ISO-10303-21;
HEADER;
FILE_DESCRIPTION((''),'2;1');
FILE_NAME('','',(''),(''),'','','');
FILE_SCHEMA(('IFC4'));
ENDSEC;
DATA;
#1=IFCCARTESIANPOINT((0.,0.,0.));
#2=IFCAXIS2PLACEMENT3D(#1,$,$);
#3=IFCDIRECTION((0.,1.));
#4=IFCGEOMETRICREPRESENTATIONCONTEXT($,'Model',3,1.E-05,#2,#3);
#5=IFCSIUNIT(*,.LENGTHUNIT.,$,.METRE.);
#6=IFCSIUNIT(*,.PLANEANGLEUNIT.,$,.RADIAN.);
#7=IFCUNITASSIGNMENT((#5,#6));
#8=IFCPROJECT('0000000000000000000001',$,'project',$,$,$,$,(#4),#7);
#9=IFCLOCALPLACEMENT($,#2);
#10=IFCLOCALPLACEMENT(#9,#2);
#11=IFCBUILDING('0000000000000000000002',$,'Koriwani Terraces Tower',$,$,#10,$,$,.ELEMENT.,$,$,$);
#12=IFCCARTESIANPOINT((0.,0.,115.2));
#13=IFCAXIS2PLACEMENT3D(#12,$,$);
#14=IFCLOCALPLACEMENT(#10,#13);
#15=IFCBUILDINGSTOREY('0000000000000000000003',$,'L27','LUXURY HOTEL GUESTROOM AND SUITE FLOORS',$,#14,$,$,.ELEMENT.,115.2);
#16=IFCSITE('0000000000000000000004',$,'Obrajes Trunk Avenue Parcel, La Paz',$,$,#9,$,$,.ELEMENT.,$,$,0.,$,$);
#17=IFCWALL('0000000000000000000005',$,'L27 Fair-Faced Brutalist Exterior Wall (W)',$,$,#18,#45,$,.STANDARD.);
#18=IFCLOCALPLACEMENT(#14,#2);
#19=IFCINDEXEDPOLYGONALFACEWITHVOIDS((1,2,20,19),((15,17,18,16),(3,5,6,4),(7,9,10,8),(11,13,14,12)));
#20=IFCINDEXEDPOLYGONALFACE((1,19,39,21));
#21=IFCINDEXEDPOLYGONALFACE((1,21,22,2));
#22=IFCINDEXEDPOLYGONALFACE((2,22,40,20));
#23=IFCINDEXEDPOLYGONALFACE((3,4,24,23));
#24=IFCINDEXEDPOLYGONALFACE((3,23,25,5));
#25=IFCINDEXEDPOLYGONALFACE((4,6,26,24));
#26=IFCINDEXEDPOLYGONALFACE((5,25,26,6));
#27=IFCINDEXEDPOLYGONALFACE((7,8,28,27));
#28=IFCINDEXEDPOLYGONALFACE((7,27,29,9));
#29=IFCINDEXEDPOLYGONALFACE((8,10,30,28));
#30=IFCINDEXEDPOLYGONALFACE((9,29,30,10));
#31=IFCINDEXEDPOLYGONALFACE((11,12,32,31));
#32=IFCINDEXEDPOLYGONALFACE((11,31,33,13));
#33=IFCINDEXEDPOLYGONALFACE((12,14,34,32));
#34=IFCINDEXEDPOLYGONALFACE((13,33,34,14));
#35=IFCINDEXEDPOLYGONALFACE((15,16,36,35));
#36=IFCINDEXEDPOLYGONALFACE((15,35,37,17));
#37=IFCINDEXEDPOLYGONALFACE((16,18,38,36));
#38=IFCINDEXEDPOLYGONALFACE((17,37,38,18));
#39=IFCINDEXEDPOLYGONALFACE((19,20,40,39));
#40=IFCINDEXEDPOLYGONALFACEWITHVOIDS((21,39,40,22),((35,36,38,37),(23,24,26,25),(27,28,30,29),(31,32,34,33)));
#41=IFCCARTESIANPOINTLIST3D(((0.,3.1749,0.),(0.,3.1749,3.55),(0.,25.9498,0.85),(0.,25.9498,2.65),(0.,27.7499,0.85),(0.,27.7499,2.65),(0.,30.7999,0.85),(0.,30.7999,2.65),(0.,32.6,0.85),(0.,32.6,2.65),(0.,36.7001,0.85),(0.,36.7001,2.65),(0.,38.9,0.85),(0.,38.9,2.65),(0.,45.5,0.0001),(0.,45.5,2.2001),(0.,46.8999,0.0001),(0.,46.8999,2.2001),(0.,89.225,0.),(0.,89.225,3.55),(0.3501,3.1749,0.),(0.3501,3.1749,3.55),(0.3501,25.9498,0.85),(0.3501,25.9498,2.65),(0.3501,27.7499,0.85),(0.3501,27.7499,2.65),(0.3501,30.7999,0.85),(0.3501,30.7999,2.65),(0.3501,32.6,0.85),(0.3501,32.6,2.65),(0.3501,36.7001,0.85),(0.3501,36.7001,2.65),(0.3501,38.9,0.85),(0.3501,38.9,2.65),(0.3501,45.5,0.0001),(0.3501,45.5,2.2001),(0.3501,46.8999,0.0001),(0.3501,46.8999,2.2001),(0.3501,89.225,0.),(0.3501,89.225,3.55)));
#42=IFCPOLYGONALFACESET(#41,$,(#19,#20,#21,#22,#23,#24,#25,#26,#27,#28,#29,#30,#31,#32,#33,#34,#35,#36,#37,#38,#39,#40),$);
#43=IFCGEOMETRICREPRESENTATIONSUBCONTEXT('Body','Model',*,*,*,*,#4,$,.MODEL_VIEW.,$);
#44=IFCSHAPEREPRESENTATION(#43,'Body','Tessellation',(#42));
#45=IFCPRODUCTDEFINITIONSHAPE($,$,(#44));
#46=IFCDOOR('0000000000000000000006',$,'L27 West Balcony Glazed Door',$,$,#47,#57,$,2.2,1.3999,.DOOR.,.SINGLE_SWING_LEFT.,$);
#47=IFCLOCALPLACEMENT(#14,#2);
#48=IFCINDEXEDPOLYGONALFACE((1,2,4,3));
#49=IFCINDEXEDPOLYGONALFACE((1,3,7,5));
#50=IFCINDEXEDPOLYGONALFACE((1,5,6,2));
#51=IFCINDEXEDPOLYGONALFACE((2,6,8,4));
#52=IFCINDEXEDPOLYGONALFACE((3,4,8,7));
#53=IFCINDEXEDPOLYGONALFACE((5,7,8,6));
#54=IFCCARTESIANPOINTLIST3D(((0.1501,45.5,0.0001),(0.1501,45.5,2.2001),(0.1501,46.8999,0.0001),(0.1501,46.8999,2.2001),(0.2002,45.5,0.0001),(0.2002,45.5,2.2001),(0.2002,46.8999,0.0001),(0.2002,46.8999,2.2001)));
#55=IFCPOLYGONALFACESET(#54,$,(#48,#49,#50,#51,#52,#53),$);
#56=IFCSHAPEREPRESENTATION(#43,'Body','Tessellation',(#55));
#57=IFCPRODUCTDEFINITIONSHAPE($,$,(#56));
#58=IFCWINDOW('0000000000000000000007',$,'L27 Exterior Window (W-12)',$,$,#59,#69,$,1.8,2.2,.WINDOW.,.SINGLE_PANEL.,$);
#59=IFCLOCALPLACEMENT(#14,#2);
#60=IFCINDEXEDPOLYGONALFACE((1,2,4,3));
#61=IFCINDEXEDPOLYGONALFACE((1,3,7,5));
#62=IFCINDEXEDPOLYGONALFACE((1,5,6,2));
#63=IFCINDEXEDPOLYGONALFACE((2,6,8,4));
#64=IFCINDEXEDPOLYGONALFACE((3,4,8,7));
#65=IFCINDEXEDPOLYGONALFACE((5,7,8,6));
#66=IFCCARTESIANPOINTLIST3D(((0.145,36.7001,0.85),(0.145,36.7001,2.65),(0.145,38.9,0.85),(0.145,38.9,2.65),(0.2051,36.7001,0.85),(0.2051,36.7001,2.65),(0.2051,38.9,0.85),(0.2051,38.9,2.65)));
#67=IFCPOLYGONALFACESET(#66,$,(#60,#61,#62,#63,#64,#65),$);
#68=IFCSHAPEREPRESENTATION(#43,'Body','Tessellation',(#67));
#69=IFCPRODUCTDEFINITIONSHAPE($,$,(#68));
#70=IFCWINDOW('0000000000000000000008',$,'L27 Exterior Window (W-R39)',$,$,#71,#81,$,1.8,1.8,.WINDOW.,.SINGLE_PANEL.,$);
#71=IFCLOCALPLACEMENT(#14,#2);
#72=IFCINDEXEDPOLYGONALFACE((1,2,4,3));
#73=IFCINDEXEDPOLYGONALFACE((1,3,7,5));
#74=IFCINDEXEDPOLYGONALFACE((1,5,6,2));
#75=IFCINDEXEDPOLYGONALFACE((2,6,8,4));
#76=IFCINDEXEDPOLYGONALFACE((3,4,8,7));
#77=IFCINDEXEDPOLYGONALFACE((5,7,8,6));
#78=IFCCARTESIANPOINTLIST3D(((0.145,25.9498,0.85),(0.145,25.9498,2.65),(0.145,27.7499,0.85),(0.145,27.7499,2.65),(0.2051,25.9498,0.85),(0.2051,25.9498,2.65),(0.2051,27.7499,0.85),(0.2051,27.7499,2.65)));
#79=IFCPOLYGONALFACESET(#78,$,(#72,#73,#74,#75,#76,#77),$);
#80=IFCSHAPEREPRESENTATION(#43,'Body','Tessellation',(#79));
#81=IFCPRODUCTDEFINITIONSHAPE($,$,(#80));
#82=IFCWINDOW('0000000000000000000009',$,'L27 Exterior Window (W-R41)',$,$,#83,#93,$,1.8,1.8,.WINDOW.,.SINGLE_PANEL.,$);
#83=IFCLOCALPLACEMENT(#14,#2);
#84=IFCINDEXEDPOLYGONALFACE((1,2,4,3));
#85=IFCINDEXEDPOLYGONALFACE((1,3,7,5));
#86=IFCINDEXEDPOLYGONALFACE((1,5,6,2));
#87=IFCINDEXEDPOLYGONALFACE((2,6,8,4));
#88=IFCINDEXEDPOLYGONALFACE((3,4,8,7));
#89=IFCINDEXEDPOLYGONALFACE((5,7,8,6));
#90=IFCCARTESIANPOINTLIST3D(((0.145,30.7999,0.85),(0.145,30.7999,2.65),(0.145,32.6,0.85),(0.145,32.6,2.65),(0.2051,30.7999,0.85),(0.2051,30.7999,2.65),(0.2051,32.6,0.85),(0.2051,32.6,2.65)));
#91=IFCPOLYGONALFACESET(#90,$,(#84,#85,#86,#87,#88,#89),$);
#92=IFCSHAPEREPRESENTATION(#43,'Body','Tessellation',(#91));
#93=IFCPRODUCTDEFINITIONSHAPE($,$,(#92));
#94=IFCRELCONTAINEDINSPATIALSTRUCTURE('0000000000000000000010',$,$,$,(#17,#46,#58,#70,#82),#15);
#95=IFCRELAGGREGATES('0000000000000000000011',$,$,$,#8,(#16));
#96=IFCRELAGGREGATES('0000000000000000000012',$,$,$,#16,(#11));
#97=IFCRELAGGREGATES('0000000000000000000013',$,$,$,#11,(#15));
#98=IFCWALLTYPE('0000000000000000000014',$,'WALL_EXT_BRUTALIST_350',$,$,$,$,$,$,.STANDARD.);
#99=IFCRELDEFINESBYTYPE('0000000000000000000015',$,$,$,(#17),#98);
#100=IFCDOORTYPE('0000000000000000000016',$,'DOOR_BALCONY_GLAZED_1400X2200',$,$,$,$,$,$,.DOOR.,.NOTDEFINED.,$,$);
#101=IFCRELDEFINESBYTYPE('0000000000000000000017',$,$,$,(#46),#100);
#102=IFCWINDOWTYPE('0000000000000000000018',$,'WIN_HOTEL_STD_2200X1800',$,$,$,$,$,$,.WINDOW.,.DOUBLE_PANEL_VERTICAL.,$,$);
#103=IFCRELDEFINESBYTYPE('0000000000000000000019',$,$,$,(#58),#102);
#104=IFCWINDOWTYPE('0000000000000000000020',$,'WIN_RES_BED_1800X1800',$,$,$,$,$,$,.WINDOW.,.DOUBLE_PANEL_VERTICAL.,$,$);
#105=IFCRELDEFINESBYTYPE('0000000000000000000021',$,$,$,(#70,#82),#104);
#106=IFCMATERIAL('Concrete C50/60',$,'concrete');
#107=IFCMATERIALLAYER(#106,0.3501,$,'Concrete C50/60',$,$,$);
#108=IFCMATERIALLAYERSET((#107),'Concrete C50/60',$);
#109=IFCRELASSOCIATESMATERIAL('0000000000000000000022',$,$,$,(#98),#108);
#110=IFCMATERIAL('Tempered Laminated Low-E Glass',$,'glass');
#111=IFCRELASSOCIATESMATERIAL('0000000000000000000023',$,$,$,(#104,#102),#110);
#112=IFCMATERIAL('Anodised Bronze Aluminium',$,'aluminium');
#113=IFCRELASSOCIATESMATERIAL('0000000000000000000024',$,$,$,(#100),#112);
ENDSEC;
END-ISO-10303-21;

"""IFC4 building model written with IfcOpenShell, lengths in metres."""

from ifc_helpers import new_model, si_unit, direction, frame, frame_2d, origin, place, context, subcontext, project, spatial, rectangle, extrude, material, layer, layer_set, type_object, element, fill, save


model = new_model("IFC4")

# Units and contexts
model_context = context("Model", 3, precision=1e-05, world=origin(), true_north=direction((0.0, 1.0)))
body_context = subcontext(model_context, "Body", "Model", "MODEL_VIEW")
ifc_project = project(units=[si_unit("LENGTHUNIT", "METRE"), si_unit("PLANEANGLEUNIT", "RADIAN")], contexts=[model_context])

# Site, building, storey
site_placement = place(None, origin())
site = spatial("IfcSite", under=ifc_project, at=site_placement, Name="Obrajes Trunk Avenue Parcel, La Paz", CompositionType="ELEMENT", RefElevation=0.0)
building_placement = place(site_placement, origin())
building = spatial("IfcBuilding", under=site, at=building_placement, Name="Koriwani Terraces Tower", CompositionType="ELEMENT")
storey_placement = place(building_placement, frame((0.0, 0.0, 115.2)))
storey = spatial("IfcBuildingStorey", under=building, at=storey_placement, Name="L27", Description="LUXURY HOTEL GUESTROOM AND SUITE FLOORS", CompositionType="ELEMENT", Elevation=115.2)

# Shared definitions
ifc_material_1 = material(Name="Concrete C50/60", Category="concrete")

# Shared definitions
ifc_layer_1 = layer(ifc_material_1, 0.3501, Name="Concrete C50/60")
ifc_layer_set_1 = layer_set([ifc_layer_1], Name="Concrete C50/60")
wall_type_1 = type_object("IfcWallType", Name="WALL_EXT_BRUTALIST_350", PredefinedType="STANDARD", material=ifc_layer_set_1)
ifc_material_2 = material(Name="Tempered Laminated Low-E Glass", Category="glass")
window_type_1 = type_object("IfcWindowType", Name="WIN_RES_BED_1800X1800", PartitioningType="DOUBLE_PANEL_VERTICAL", PredefinedType="WINDOW", material=ifc_material_2)

# Wall, openings, door, windows
wall_1_placement = place(storey_placement, frame((0.175, 3.175, 0.0), z_axis=(0.0, 0.0, 1.0), x_axis=(0.0, 1.0, 0.0)))
wall_1 = element("IfcWall", 1, at=wall_1_placement, inside=storey, type_object=wall_type_1, Name="L27 Fair-Faced Brutalist Exterior Wall (W)", PredefinedType="STANDARD", context=body_context, shape_type="SweptSolid", body=[
    extrude(rectangle(XDim=86.05, YDim=0.3501, at=frame_2d((43.0249, 0.0))), origin(), (0.0, 0.0, 1.0), 3.55),
])
opening_1_placement = place(wall_1_placement, frame((42.325, 0.0, 0.0)))
opening_1 = element("IfcOpeningElement", 2, at=opening_1_placement, cuts=wall_1, PredefinedType="OPENING", context=body_context, shape_type="SweptSolid", body=[
    extrude(rectangle(XDim=1.3999, YDim=2.2, at=frame_2d((0.7, 1.1001))), frame((0.0, 0.1851, 0.0), z_axis=(0.0, -1.0, 0.0), x_axis=(1.0, 0.0, 0.0)), (0.0, 0.0, 1.0), 0.3701),
])
opening_2_placement = place(wall_1_placement, frame((33.5249, 0.0, 0.8501)))
opening_2 = element("IfcOpeningElement", 3, at=opening_2_placement, cuts=wall_1, PredefinedType="OPENING", context=body_context, shape_type="SweptSolid", body=[
    extrude(rectangle(XDim=2.2, YDim=1.8, at=frame_2d((1.1001, 0.8999))), frame((0.0, 0.1851, 0.0), z_axis=(0.0, -1.0, 0.0), x_axis=(1.0, 0.0, 0.0)), (0.0, 0.0, 1.0), 0.3701),
])
opening_3_placement = place(wall_1_placement, frame((22.7749, 0.0, 0.8501)))
opening_3 = element("IfcOpeningElement", 4, at=opening_3_placement, cuts=wall_1, PredefinedType="OPENING", context=body_context, shape_type="SweptSolid", body=[
    extrude(rectangle(XDim=1.8, YDim=1.8, at=frame_2d((0.8999, 0.8999))), frame((0.0, 0.1851, 0.0), z_axis=(0.0, -1.0, 0.0), x_axis=(1.0, 0.0, 0.0)), (0.0, 0.0, 1.0), 0.3701),
])
opening_4_placement = place(wall_1_placement, frame((27.625, 0.0, 0.8501)))
opening_4 = element("IfcOpeningElement", 5, at=opening_4_placement, cuts=wall_1, PredefinedType="OPENING", context=body_context, shape_type="SweptSolid", body=[
    extrude(rectangle(XDim=1.8, YDim=1.8, at=frame_2d((0.8999, 0.8999))), frame((0.0, 0.1851, 0.0), z_axis=(0.0, -1.0, 0.0), x_axis=(1.0, 0.0, 0.0)), (0.0, 0.0, 1.0), 0.3701),
])
ifc_material_3 = material(Name="Anodised Bronze Aluminium", Category="aluminium")
door_type = type_object("IfcDoorType", Name="DOOR_BALCONY_GLAZED_1400X2200", OperationType="NOTDEFINED", PredefinedType="DOOR", material=ifc_material_3)
door_placement = place(opening_1_placement, origin())
door = element("IfcDoor", 6, at=door_placement, inside=storey, type_object=door_type, Name="L27 West Balcony Glazed Door", OperationType="SINGLE_SWING_LEFT", OverallHeight=2.2, OverallWidth=1.3999, PredefinedType="DOOR", context=body_context, shape_type="SweptSolid", body=[
    extrude(rectangle(XDim=1.3999, YDim=2.2, at=frame_2d((0.7, 1.1001))), frame((0.0, 0.0249, 0.0), z_axis=(0.0, -1.0, 0.0), x_axis=(1.0, 0.0, 0.0)), (0.0, 0.0, 1.0), 0.05),
])
fill(opening_1, door)
window_type_2 = type_object("IfcWindowType", Name="WIN_HOTEL_STD_2200X1800", PartitioningType="DOUBLE_PANEL_VERTICAL", PredefinedType="WINDOW", material=ifc_material_2)
window_1_placement = place(opening_2_placement, origin())
window_1 = element("IfcWindow", 7, at=window_1_placement, inside=storey, type_object=window_type_2, Name="L27 Exterior Window (W-12)", OverallHeight=1.8, OverallWidth=2.2, PartitioningType="SINGLE_PANEL", PredefinedType="WINDOW", context=body_context, shape_type="SweptSolid", body=[
    extrude(rectangle(XDim=2.2, YDim=1.8, at=frame_2d((1.1001, 0.8999))), frame((0.0, 0.03, 0.0), z_axis=(0.0, -1.0, 0.0), x_axis=(1.0, 0.0, 0.0)), (0.0, 0.0, 1.0), 0.0601),
])
fill(opening_2, window_1)
window_2_placement = place(opening_3_placement, origin())
window_2 = element("IfcWindow", 8, at=window_2_placement, inside=storey, type_object=window_type_1, Name="L27 Exterior Window (W-R39)", OverallHeight=1.8, OverallWidth=1.8, PartitioningType="SINGLE_PANEL", PredefinedType="WINDOW", context=body_context, shape_type="SweptSolid", body=[
    extrude(rectangle(XDim=1.8, YDim=1.8, at=frame_2d((0.8999, 0.8999))), frame((0.0, 0.03, 0.0), z_axis=(0.0, -1.0, 0.0), x_axis=(1.0, 0.0, 0.0)), (0.0, 0.0, 1.0), 0.0601),
])
fill(opening_3, window_2)
window_3_placement = place(opening_4_placement, origin())
window_3 = element("IfcWindow", 9, at=window_3_placement, inside=storey, type_object=window_type_1, Name="L27 Exterior Window (W-R41)", OverallHeight=1.8, OverallWidth=1.8, PartitioningType="SINGLE_PANEL", PredefinedType="WINDOW", context=body_context, shape_type="SweptSolid", body=[
    extrude(rectangle(XDim=1.8, YDim=1.8, at=frame_2d((0.8999, 0.8999))), frame((0.0, 0.03, 0.0), z_axis=(0.0, -1.0, 0.0), x_axis=(1.0, 0.0, 0.0)), (0.0, 0.0, 1.0), 0.0601),
])
fill(opening_4, window_3)

save(model, "model.ifc")
